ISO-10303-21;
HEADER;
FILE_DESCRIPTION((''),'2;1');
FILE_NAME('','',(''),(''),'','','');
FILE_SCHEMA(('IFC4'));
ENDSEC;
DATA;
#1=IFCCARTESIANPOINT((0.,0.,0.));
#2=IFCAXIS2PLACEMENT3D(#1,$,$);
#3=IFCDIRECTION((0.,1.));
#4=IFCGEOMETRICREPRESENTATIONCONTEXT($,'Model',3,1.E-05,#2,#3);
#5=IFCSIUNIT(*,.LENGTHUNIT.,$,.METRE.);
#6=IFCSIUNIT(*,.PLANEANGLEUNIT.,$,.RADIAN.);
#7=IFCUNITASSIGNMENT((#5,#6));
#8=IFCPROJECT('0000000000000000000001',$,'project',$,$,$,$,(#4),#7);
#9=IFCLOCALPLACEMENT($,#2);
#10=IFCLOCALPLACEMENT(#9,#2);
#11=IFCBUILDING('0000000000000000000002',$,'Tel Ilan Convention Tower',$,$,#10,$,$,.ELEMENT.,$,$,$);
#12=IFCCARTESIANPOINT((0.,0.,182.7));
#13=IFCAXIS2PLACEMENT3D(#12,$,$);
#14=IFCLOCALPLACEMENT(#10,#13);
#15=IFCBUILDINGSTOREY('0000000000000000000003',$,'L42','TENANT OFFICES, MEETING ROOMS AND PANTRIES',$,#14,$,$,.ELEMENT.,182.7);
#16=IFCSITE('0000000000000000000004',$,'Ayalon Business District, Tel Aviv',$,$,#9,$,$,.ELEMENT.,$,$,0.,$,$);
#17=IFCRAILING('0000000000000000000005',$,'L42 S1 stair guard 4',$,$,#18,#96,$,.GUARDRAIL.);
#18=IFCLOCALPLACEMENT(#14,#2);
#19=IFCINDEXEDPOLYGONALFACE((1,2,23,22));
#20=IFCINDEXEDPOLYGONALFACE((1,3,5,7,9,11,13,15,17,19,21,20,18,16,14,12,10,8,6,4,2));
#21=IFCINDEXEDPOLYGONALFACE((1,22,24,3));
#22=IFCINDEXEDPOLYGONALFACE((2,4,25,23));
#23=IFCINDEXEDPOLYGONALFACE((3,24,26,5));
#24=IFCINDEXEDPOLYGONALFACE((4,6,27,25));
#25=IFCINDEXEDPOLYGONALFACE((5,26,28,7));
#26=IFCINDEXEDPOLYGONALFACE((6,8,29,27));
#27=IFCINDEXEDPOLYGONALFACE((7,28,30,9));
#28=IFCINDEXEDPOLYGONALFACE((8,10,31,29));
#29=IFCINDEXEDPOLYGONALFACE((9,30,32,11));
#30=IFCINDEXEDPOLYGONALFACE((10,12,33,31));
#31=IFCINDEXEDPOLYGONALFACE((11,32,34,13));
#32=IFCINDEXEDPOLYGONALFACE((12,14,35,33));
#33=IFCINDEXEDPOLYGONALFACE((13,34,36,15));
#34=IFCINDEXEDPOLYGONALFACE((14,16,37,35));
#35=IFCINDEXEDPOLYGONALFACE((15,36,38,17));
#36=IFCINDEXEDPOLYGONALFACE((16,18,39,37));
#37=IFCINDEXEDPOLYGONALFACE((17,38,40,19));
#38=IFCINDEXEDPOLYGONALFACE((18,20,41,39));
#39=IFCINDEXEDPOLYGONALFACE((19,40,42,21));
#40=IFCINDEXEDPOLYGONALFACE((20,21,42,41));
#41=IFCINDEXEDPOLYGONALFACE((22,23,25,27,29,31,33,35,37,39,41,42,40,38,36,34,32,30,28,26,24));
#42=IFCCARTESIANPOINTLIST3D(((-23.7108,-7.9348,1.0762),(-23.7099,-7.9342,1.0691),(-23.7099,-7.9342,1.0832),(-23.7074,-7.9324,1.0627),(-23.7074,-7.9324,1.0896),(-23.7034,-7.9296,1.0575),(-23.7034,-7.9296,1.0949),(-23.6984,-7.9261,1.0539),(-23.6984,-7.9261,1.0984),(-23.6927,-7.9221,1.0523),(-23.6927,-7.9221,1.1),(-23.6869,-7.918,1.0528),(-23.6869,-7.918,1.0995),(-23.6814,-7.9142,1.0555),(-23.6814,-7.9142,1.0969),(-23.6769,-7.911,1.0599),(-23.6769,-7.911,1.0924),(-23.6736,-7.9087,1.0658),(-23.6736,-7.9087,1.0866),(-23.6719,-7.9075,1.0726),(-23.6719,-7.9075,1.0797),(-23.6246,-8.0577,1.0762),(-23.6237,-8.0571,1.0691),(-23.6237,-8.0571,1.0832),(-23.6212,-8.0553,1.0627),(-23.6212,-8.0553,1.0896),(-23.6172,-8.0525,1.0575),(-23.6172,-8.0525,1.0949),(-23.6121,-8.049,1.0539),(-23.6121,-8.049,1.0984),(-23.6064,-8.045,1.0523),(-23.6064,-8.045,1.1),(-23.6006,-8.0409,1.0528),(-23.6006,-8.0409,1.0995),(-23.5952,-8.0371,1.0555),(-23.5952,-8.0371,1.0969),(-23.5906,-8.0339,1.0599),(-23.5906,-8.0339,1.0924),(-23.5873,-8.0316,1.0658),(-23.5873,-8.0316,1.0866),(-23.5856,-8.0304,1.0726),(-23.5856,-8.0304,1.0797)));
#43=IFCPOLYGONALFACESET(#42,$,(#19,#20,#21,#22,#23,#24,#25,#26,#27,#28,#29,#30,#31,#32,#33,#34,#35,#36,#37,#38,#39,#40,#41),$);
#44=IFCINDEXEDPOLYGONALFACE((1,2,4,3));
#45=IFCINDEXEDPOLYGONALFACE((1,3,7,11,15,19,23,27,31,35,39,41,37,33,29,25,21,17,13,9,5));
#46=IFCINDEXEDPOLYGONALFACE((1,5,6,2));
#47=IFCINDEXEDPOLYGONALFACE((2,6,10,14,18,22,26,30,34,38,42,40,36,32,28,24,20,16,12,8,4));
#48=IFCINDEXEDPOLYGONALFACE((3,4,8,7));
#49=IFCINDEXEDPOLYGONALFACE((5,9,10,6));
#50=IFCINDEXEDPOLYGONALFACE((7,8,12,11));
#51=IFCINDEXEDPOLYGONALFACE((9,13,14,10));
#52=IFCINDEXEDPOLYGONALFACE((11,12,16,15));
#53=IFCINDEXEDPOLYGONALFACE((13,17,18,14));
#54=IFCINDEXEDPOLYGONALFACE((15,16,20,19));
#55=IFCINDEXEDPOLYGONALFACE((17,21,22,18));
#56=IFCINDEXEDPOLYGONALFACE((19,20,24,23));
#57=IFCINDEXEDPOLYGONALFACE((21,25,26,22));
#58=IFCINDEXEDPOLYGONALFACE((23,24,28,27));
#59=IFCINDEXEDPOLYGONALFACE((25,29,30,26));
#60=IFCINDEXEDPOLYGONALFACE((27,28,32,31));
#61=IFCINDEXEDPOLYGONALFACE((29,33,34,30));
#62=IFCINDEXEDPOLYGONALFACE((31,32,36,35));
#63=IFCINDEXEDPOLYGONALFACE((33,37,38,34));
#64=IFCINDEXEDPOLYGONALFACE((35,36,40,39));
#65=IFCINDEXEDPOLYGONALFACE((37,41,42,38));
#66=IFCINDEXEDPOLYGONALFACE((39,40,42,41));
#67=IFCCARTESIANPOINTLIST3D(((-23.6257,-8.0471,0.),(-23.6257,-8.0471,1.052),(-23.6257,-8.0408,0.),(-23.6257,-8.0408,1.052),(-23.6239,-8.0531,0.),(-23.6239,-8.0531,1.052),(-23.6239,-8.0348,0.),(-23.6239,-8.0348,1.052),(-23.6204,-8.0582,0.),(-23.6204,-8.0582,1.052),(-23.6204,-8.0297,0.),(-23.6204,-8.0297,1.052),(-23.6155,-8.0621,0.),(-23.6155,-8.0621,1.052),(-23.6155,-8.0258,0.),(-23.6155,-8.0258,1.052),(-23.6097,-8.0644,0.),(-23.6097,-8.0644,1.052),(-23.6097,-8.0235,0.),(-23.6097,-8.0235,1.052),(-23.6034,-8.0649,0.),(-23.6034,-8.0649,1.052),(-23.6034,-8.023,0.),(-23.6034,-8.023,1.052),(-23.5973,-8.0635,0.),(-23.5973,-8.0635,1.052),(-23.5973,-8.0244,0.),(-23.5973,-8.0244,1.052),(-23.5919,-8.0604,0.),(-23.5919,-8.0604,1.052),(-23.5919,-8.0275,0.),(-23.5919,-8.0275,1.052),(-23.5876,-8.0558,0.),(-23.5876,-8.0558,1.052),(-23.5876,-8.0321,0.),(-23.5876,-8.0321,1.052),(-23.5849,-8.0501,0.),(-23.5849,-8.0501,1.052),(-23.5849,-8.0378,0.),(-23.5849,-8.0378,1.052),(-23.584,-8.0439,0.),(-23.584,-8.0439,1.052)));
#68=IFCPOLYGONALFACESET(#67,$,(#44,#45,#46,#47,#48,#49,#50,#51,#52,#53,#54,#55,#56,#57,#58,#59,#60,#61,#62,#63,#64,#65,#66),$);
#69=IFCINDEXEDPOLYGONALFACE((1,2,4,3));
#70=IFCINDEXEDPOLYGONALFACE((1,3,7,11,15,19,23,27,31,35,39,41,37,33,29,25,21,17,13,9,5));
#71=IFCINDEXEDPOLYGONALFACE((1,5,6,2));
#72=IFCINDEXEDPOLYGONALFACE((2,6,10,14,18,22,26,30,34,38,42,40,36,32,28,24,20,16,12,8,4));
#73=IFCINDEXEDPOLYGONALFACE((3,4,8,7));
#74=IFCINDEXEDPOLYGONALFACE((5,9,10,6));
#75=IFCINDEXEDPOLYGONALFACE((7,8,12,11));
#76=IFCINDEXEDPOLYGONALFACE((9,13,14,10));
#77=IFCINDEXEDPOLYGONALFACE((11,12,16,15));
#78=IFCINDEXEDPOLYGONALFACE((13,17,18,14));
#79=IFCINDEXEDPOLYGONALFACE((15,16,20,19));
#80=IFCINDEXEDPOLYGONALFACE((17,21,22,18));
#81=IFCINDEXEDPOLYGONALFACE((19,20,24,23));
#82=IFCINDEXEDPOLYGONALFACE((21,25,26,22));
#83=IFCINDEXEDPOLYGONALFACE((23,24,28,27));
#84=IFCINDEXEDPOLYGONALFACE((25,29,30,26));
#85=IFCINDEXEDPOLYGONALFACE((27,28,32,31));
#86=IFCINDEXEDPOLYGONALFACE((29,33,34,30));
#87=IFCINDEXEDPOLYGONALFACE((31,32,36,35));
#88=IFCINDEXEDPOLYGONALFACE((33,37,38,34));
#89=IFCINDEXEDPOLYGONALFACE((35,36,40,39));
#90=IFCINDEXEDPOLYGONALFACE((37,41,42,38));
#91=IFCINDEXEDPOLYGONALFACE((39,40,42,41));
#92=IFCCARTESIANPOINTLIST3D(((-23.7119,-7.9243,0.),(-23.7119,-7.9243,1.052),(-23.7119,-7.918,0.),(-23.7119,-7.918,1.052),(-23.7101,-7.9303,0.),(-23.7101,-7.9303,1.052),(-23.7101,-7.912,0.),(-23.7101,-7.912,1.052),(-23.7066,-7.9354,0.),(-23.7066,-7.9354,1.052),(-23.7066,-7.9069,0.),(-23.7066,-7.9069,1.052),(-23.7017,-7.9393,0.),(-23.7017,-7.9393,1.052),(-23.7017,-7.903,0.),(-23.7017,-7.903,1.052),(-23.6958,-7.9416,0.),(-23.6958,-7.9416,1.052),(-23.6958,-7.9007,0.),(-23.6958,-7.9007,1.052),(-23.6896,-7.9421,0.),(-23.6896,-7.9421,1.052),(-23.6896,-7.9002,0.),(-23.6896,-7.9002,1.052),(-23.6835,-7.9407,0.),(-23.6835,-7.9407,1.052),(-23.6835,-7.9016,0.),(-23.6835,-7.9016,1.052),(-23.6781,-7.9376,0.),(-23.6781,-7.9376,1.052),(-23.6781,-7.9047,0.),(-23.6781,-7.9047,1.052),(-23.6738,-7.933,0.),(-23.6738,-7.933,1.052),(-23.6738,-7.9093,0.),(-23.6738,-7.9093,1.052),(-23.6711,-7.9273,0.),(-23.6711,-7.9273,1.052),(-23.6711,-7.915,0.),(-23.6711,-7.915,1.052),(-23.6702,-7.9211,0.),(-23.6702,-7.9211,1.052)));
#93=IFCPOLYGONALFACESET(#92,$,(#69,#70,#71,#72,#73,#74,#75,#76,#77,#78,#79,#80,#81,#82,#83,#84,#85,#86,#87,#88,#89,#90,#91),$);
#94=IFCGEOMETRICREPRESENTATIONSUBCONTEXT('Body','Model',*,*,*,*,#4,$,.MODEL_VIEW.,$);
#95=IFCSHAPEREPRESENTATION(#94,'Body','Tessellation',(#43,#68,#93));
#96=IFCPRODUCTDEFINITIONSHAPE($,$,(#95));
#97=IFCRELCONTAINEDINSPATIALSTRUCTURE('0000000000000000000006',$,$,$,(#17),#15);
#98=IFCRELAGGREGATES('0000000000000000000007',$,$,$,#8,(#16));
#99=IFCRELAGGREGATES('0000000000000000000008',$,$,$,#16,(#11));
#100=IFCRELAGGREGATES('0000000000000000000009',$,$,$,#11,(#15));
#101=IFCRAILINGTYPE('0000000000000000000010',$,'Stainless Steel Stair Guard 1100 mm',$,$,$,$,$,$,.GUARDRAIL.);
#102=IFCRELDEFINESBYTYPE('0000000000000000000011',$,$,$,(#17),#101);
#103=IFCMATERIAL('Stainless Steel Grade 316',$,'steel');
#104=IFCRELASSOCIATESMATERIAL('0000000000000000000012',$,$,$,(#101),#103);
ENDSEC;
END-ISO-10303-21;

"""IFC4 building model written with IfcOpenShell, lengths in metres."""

from ifc_helpers import new_model, si_unit, direction, frame, origin, origin_2d, place, context, subcontext, project, spatial, circle, extrude, material, type_object, element, save


model = new_model("IFC4")

# Units and contexts
model_context = context("Model", 3, precision=1e-05, world=origin(), true_north=direction((0.0, 1.0)))
body_context = subcontext(model_context, "Body", "Model", "MODEL_VIEW")
ifc_project = project(units=[si_unit("LENGTHUNIT", "METRE"), si_unit("PLANEANGLEUNIT", "RADIAN")], contexts=[model_context])

# Site, building, storey
site_placement = place(None, origin())
site = spatial("IfcSite", under=ifc_project, at=site_placement, Name="Ayalon Business District, Tel Aviv", CompositionType="ELEMENT", RefElevation=0.0)
building_placement = place(site_placement, origin())
building = spatial("IfcBuilding", under=site, at=building_placement, Name="Tel Ilan Convention Tower", CompositionType="ELEMENT")
storey_placement = place(building_placement, frame((0.0, 0.0, 182.7)))
storey = spatial("IfcBuildingStorey", under=building, at=storey_placement, Name="L42", Description="TENANT OFFICES, MEETING ROOMS AND PANTRIES", CompositionType="ELEMENT", Elevation=182.7)

# Railing
ifc_material_1 = material(Name="Stainless Steel Grade 316", Category="steel")
railing_type_1 = type_object("IfcRailingType", Name="Stainless Steel Stair Guard 1100 mm", PredefinedType="GUARDRAIL", material=ifc_material_1)
railing_1_placement = place(storey_placement, frame((-23.605, -8.0439, 0.0)))
element("IfcRailing", 1, at=railing_1_placement, inside=storey, type_object=railing_type_1, Name="L42 S1 stair guard 4", PredefinedType="GUARDRAIL", context=body_context, shape_type="SweptSolid", body=[
    extrude(circle(Radius=0.0239, at=origin_2d()), frame((0.0, 0.0, 1.0762), z_axis=(-0.574445, 0.818543, 0.0), x_axis=(-0.818543, -0.574445, 0.0)), (0.0, 0.0, 1.0), 0.1501),
    extrude(circle(Radius=0.021, at=origin_2d()), origin(), (0.0, 0.0, 1.0), 1.052),
    extrude(circle(Radius=0.021, at=origin_2d()), frame((-0.0862, 0.1228, 0.0)), (0.0, 0.0, 1.0), 1.052),
])

save(model, "model.ifc")
